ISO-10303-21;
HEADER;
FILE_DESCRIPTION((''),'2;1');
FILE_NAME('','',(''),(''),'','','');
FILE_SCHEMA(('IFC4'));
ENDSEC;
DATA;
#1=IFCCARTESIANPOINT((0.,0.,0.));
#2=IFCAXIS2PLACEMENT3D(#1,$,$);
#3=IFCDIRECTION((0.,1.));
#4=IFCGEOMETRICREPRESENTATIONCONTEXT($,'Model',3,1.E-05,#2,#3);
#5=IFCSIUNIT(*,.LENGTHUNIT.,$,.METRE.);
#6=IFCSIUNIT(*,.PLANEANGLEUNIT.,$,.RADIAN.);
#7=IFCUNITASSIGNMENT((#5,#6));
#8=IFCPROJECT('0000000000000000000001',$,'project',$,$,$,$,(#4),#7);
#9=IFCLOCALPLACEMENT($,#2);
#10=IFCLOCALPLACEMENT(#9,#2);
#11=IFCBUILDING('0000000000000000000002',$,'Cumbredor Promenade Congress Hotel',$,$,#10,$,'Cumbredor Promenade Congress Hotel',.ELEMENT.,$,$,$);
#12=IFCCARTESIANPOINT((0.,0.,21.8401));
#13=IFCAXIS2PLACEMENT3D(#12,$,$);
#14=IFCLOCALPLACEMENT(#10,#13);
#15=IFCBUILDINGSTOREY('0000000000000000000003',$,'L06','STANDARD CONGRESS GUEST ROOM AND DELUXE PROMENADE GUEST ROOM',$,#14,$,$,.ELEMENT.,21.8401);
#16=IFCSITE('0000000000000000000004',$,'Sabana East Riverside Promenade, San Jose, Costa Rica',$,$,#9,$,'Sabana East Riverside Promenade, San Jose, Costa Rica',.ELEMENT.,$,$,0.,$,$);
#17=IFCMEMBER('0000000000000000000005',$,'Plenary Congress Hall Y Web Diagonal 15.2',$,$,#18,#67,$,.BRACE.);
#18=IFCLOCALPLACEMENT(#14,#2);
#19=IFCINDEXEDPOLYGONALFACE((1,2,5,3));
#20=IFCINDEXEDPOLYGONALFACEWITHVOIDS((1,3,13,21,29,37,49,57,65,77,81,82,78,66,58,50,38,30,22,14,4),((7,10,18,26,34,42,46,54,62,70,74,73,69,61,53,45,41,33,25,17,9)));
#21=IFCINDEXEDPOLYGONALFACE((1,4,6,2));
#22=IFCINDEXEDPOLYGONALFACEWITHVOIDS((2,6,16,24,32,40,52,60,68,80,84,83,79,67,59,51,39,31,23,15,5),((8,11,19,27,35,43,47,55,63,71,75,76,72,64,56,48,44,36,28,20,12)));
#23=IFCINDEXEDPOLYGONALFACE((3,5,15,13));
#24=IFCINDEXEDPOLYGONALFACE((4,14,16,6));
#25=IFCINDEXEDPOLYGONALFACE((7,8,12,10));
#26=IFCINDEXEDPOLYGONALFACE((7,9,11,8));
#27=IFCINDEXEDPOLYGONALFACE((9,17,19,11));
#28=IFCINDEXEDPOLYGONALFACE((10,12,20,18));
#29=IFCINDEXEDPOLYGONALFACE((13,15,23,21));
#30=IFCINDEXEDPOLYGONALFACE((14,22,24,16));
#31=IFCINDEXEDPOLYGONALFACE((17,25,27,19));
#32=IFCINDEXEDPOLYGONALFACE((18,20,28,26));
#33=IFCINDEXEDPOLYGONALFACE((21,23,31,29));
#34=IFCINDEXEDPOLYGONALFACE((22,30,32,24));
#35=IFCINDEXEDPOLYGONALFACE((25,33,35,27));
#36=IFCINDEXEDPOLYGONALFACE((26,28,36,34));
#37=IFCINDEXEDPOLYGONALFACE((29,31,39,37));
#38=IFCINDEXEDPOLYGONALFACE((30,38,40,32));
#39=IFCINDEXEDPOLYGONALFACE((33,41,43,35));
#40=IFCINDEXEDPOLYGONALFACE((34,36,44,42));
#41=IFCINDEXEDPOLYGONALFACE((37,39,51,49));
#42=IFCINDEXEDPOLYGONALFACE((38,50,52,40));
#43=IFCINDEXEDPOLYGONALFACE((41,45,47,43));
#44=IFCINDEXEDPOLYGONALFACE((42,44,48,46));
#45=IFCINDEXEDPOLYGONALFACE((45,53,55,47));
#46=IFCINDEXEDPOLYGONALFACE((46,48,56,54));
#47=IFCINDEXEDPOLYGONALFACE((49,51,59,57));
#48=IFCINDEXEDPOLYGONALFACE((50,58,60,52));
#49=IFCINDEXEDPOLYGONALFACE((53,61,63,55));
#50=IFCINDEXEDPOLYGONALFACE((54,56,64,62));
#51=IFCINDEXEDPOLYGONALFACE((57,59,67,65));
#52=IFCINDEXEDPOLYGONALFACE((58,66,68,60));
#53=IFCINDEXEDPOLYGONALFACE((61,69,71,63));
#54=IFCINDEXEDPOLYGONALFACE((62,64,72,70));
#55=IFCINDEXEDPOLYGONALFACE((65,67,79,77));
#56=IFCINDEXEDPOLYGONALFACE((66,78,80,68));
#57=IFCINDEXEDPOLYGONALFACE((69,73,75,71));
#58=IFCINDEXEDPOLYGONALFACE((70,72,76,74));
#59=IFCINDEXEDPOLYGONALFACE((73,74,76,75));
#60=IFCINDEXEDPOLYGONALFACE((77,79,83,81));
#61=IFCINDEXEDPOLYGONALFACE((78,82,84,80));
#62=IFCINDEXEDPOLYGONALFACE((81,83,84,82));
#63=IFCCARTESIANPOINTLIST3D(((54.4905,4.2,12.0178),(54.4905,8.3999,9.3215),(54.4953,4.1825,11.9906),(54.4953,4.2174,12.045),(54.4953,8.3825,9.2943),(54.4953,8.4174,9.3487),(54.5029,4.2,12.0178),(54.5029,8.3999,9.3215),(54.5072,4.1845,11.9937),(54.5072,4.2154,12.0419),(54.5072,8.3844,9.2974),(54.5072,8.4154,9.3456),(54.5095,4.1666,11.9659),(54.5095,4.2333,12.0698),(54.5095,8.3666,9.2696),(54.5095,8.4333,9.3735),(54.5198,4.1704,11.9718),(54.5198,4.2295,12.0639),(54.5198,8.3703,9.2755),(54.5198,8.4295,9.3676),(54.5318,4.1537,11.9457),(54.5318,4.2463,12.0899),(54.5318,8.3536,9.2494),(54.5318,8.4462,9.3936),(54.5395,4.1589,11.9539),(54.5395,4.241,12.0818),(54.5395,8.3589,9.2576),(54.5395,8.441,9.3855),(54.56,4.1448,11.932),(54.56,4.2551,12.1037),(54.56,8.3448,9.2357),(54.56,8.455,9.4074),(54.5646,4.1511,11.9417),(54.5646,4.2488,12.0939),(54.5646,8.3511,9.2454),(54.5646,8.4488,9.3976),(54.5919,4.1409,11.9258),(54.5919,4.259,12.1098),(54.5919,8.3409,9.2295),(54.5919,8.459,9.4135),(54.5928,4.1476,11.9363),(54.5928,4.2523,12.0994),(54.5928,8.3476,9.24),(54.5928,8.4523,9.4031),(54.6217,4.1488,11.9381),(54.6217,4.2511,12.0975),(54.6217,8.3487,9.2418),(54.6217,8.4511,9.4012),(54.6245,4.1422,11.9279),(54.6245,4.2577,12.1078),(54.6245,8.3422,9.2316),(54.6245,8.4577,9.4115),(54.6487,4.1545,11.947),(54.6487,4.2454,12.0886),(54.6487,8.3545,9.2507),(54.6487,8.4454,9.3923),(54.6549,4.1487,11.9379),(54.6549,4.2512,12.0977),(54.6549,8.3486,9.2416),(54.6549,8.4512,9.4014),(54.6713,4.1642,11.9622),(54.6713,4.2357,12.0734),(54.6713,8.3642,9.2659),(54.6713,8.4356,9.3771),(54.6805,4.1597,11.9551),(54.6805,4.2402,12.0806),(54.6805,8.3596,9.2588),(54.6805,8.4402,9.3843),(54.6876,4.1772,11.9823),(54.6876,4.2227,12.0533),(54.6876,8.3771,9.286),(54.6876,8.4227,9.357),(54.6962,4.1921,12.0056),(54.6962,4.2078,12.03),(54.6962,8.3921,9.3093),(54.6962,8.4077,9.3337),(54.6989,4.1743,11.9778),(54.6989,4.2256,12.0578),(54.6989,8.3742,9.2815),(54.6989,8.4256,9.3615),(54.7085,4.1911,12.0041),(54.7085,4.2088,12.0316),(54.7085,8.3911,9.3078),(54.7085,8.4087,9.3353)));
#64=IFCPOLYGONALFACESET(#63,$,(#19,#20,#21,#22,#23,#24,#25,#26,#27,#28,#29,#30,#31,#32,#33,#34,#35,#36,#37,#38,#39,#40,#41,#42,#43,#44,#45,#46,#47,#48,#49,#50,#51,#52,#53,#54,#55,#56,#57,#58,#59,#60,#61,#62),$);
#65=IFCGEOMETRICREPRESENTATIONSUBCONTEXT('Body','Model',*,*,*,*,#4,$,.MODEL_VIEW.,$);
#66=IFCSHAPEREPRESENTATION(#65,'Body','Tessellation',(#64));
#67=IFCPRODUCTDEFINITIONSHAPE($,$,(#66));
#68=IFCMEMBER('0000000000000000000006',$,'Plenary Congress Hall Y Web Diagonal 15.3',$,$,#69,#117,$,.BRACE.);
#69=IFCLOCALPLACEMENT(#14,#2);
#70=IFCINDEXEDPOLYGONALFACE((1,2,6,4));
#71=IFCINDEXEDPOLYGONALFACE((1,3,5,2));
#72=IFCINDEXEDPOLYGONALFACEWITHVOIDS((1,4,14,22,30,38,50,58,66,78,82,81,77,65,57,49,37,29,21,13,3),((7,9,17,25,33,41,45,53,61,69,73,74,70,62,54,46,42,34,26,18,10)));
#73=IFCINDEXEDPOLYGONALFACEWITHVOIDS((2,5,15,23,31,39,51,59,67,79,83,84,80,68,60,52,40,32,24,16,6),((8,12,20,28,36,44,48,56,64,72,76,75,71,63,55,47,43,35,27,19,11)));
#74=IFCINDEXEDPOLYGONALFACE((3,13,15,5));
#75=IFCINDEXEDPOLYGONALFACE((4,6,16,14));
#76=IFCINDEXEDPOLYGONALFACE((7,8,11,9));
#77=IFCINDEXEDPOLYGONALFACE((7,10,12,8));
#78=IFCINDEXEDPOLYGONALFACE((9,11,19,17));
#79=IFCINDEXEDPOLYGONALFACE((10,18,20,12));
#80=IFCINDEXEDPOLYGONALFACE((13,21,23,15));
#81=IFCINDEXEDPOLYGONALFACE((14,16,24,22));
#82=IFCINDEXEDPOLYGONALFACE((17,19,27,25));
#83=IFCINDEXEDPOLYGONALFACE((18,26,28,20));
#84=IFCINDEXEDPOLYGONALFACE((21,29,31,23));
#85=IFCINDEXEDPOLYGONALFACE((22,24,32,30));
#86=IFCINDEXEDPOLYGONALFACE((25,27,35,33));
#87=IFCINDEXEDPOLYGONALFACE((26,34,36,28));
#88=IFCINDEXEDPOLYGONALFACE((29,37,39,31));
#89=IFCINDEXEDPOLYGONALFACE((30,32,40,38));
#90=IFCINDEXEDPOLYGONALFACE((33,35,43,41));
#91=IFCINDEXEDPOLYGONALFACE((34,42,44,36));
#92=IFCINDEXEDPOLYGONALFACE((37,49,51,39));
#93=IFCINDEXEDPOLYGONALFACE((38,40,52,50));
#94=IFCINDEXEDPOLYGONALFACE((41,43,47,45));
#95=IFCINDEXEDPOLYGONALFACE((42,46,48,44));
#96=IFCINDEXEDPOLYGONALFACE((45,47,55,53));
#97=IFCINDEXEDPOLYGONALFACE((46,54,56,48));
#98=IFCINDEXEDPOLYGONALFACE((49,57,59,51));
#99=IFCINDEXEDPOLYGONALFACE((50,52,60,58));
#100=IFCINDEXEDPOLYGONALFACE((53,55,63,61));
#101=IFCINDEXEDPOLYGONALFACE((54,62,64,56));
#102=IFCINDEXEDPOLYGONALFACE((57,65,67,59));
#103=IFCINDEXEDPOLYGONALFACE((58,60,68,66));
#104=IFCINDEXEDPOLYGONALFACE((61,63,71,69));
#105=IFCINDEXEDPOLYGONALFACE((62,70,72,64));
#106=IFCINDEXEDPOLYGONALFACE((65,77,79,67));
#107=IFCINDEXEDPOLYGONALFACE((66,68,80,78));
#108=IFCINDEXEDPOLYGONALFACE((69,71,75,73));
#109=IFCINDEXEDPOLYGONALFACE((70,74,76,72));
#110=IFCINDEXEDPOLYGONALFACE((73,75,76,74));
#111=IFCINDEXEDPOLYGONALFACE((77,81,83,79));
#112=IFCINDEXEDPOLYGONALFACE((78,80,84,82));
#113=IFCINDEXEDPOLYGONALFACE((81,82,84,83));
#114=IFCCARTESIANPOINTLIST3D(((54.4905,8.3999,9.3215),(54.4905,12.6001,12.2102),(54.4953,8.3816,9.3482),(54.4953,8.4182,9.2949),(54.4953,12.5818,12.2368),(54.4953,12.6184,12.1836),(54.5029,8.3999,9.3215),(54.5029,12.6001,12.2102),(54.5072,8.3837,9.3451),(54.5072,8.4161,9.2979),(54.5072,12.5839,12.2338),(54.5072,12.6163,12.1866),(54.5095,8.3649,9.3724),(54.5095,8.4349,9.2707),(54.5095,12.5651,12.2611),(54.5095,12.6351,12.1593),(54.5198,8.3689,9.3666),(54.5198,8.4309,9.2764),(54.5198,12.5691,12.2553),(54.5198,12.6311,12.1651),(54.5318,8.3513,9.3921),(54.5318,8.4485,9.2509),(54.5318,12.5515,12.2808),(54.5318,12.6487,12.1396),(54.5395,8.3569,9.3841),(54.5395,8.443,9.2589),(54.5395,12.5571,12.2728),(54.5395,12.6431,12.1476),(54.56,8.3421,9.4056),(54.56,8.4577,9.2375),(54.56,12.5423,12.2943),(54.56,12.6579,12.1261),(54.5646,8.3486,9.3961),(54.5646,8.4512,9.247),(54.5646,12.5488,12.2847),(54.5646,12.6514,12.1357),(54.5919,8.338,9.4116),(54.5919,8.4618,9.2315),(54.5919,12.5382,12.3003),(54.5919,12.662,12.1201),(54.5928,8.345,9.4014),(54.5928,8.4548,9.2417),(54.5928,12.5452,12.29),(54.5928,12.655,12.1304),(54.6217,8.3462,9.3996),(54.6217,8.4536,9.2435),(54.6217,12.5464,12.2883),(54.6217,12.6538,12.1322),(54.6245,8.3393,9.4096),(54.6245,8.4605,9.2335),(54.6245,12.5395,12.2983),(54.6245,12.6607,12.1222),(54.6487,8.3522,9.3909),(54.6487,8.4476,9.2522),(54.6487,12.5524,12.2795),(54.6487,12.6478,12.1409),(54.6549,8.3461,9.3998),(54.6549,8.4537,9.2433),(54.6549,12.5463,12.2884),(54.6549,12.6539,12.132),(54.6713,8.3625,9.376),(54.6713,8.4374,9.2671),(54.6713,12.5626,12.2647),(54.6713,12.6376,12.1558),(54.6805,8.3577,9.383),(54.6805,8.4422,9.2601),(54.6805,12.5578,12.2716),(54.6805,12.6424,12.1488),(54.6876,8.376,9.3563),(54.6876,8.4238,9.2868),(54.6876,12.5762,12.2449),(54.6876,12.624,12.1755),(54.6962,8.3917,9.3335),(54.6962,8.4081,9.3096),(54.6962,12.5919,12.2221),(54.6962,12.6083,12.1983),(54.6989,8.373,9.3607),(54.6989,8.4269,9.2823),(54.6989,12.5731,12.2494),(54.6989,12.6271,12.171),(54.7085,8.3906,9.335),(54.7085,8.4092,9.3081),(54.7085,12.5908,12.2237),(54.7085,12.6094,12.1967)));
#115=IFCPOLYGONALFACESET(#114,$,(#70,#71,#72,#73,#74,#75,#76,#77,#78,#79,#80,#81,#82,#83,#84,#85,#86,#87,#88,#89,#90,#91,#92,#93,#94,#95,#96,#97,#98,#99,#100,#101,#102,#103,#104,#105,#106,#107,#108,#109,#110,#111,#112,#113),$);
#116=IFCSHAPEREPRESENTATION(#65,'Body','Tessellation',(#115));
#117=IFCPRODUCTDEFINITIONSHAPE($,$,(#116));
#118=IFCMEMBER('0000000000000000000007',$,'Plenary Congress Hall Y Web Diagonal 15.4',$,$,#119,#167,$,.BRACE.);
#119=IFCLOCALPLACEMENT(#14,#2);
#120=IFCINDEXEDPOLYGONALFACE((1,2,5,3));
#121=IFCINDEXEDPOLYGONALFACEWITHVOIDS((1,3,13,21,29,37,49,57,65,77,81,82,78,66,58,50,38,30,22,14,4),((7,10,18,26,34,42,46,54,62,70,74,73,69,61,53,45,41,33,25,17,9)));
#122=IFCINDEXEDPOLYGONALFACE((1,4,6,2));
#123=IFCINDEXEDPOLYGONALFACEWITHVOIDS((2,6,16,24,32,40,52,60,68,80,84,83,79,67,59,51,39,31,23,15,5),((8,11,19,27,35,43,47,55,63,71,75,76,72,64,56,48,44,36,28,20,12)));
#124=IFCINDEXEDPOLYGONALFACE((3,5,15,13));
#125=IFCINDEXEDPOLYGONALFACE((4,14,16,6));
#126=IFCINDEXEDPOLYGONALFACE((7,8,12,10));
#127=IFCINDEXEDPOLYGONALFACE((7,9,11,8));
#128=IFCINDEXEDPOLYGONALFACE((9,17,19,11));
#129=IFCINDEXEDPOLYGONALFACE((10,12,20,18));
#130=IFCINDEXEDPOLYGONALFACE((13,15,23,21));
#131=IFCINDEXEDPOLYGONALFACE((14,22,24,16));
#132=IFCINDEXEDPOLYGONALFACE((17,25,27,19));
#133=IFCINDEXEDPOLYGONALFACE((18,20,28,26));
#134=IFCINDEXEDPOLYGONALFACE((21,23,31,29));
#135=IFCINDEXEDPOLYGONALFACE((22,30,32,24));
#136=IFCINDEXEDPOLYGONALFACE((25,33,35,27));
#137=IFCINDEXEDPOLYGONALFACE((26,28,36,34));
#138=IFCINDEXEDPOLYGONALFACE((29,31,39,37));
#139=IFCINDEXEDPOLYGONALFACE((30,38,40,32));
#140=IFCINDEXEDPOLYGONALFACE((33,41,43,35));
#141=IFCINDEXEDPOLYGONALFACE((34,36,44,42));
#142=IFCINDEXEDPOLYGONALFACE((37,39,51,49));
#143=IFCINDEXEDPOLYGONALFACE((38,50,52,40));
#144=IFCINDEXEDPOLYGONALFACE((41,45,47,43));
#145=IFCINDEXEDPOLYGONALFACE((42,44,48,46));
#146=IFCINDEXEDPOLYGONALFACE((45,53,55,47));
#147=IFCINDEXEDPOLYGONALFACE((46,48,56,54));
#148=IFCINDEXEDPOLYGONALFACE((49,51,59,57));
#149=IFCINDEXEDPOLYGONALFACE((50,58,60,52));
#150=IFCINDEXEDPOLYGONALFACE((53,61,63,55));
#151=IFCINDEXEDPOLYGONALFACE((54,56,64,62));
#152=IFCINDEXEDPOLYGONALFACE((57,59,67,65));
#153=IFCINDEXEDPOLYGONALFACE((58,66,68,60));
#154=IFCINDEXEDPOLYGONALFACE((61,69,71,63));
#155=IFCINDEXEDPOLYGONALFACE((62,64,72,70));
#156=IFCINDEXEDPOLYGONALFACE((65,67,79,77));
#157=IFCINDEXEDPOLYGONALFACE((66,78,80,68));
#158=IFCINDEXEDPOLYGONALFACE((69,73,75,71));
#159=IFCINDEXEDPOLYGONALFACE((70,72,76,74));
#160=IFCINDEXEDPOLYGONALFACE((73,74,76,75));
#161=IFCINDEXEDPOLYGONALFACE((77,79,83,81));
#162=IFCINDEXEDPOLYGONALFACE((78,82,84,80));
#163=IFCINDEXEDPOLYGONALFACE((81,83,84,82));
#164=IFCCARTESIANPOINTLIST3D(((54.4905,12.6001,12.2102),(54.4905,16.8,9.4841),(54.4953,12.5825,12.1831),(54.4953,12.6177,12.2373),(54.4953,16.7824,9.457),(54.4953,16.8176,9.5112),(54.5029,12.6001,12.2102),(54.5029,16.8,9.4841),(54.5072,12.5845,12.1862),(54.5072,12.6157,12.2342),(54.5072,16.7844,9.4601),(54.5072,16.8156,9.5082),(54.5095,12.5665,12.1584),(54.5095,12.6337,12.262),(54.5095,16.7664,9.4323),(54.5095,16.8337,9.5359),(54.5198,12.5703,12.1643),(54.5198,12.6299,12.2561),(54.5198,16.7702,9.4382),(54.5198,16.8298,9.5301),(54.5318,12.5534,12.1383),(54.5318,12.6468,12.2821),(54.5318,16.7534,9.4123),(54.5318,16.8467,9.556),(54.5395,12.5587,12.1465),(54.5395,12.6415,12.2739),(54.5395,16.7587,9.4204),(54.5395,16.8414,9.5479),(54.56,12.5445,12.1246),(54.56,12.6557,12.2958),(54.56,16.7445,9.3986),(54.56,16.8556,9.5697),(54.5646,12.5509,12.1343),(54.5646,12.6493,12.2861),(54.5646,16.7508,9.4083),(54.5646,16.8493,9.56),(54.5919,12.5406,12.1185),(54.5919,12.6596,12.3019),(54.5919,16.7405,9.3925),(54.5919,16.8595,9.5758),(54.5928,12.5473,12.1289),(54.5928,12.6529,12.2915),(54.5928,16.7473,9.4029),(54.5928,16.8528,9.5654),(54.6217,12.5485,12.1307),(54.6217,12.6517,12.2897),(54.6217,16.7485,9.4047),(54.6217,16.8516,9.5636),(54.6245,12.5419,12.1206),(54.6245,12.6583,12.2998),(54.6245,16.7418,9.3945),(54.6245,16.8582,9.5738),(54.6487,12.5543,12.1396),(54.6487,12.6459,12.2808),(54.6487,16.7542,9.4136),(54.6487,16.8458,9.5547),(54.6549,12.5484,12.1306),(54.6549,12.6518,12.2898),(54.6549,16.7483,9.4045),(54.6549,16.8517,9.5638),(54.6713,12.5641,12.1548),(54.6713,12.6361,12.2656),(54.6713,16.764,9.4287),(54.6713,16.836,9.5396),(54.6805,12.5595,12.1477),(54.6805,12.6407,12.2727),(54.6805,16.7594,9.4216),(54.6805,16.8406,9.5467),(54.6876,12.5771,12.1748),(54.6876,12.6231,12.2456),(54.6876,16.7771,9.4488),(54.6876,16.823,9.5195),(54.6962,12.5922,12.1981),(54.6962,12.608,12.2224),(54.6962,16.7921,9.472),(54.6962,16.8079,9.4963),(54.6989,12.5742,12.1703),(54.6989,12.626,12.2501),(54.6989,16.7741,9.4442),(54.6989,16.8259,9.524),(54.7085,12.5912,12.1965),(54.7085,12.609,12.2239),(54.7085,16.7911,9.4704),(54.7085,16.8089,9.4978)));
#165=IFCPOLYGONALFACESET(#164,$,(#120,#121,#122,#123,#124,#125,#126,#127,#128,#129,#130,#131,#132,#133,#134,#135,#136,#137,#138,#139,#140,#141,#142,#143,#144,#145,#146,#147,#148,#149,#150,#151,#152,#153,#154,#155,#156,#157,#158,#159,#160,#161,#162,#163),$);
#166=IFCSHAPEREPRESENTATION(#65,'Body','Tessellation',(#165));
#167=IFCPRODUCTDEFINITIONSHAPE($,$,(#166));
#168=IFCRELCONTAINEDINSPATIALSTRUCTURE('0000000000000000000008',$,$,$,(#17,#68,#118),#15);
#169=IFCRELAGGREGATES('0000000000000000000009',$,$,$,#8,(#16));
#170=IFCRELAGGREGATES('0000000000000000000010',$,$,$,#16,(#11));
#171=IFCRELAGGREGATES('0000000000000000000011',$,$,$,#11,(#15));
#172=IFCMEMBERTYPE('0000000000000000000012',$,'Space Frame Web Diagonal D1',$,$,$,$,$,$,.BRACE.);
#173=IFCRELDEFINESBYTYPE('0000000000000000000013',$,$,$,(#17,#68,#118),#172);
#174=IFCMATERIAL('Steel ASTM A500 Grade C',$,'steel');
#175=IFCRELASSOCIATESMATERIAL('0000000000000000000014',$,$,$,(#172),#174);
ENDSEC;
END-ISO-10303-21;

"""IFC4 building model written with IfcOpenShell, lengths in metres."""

from ifc_helpers import new_model, si_unit, direction, frame, origin, origin_2d, place, context, subcontext, project, spatial, hollow_circle, extrude, material, material_profile, profile_set, type_object, element, save


model = new_model("IFC4")

# Units and contexts
model_context = context("Model", 3, precision=1e-05, world=origin(), true_north=direction((0.0, 1.0)))
body_context = subcontext(model_context, "Body", "Model", "MODEL_VIEW")
ifc_project = project(units=[si_unit("LENGTHUNIT", "METRE"), si_unit("PLANEANGLEUNIT", "RADIAN")], contexts=[model_context])

# Site, building, storey
site_placement = place(None, origin())
site = spatial("IfcSite", under=ifc_project, at=site_placement, Name="Sabana East Riverside Promenade, San Jose, Costa Rica", LongName="Sabana East Riverside Promenade, San Jose, Costa Rica", CompositionType="ELEMENT", RefElevation=0.0)
building_placement = place(site_placement, origin())
building = spatial("IfcBuilding", under=site, at=building_placement, Name="Cumbredor Promenade Congress Hotel", LongName="Cumbredor Promenade Congress Hotel", CompositionType="ELEMENT")
storey_placement = place(building_placement, frame((0.0, 0.0, 21.8401)))
storey = spatial("IfcBuildingStorey", under=building, at=storey_placement, Name="L06", Description="STANDARD CONGRESS GUEST ROOM AND DELUXE PROMENADE GUEST ROOM", CompositionType="ELEMENT", Elevation=21.8401)

# Members
ifc_material_1 = material(Name="Steel ASTM A500 Grade C", Category="steel")
ifc_material_profile_1 = material_profile(ifc_material_1, hollow_circle(Radius=0.1096, WallThickness=0.0125, at=origin_2d()), Name="CHS 219.1x12.5")
ifc_profile_set_1 = profile_set([ifc_material_profile_1], Name="Steel ASTM A500 Grade C")
member_type_1 = type_object("IfcMemberType", Name="Space Frame Web Diagonal D1", PredefinedType="BRACE", material=ifc_profile_set_1)
member_1_placement = place(storey_placement, frame((54.6001, 4.2, 12.0178), z_axis=(0.0, 0.841514, -0.540236), x_axis=(-1.0, 0.0, 0.0)))
element("IfcMember", 1, at=member_1_placement, inside=storey, type_object=member_type_1, Name="Plenary Congress Hall Y Web Diagonal 15.2", PredefinedType="BRACE", context=body_context, shape_type="SweptSolid", body=[
    extrude(hollow_circle(Radius=0.1096, WallThickness=0.0125, at=origin_2d()), origin(), (0.0, 0.0, 1.0), 4.991),
])
member_2_placement = place(storey_placement, frame((54.6001, 8.3999, 9.3215), z_axis=(0.0, 0.823947, 0.566667), x_axis=(-1.0, 0.0, 0.0)))
element("IfcMember", 2, at=member_2_placement, inside=storey, type_object=member_type_1, Name="Plenary Congress Hall Y Web Diagonal 15.3", PredefinedType="BRACE", context=body_context, shape_type="SweptSolid", body=[
    extrude(hollow_circle(Radius=0.1096, WallThickness=0.0125, at=origin_2d()), origin(), (0.0, 0.0, 1.0), 5.0977),
])
member_3_placement = place(storey_placement, frame((54.6001, 12.6001, 12.2102), z_axis=(0.0, 0.838799, -0.544442), x_axis=(-1.0, 0.0, 0.0)))
element("IfcMember", 3, at=member_3_placement, inside=storey, type_object=member_type_1, Name="Plenary Congress Hall Y Web Diagonal 15.4", PredefinedType="BRACE", context=body_context, shape_type="SweptSolid", body=[
    extrude(hollow_circle(Radius=0.1096, WallThickness=0.0125, at=origin_2d()), origin(), (0.0, 0.0, 1.0), 5.0071),
])

save(model, "model.ifc")
